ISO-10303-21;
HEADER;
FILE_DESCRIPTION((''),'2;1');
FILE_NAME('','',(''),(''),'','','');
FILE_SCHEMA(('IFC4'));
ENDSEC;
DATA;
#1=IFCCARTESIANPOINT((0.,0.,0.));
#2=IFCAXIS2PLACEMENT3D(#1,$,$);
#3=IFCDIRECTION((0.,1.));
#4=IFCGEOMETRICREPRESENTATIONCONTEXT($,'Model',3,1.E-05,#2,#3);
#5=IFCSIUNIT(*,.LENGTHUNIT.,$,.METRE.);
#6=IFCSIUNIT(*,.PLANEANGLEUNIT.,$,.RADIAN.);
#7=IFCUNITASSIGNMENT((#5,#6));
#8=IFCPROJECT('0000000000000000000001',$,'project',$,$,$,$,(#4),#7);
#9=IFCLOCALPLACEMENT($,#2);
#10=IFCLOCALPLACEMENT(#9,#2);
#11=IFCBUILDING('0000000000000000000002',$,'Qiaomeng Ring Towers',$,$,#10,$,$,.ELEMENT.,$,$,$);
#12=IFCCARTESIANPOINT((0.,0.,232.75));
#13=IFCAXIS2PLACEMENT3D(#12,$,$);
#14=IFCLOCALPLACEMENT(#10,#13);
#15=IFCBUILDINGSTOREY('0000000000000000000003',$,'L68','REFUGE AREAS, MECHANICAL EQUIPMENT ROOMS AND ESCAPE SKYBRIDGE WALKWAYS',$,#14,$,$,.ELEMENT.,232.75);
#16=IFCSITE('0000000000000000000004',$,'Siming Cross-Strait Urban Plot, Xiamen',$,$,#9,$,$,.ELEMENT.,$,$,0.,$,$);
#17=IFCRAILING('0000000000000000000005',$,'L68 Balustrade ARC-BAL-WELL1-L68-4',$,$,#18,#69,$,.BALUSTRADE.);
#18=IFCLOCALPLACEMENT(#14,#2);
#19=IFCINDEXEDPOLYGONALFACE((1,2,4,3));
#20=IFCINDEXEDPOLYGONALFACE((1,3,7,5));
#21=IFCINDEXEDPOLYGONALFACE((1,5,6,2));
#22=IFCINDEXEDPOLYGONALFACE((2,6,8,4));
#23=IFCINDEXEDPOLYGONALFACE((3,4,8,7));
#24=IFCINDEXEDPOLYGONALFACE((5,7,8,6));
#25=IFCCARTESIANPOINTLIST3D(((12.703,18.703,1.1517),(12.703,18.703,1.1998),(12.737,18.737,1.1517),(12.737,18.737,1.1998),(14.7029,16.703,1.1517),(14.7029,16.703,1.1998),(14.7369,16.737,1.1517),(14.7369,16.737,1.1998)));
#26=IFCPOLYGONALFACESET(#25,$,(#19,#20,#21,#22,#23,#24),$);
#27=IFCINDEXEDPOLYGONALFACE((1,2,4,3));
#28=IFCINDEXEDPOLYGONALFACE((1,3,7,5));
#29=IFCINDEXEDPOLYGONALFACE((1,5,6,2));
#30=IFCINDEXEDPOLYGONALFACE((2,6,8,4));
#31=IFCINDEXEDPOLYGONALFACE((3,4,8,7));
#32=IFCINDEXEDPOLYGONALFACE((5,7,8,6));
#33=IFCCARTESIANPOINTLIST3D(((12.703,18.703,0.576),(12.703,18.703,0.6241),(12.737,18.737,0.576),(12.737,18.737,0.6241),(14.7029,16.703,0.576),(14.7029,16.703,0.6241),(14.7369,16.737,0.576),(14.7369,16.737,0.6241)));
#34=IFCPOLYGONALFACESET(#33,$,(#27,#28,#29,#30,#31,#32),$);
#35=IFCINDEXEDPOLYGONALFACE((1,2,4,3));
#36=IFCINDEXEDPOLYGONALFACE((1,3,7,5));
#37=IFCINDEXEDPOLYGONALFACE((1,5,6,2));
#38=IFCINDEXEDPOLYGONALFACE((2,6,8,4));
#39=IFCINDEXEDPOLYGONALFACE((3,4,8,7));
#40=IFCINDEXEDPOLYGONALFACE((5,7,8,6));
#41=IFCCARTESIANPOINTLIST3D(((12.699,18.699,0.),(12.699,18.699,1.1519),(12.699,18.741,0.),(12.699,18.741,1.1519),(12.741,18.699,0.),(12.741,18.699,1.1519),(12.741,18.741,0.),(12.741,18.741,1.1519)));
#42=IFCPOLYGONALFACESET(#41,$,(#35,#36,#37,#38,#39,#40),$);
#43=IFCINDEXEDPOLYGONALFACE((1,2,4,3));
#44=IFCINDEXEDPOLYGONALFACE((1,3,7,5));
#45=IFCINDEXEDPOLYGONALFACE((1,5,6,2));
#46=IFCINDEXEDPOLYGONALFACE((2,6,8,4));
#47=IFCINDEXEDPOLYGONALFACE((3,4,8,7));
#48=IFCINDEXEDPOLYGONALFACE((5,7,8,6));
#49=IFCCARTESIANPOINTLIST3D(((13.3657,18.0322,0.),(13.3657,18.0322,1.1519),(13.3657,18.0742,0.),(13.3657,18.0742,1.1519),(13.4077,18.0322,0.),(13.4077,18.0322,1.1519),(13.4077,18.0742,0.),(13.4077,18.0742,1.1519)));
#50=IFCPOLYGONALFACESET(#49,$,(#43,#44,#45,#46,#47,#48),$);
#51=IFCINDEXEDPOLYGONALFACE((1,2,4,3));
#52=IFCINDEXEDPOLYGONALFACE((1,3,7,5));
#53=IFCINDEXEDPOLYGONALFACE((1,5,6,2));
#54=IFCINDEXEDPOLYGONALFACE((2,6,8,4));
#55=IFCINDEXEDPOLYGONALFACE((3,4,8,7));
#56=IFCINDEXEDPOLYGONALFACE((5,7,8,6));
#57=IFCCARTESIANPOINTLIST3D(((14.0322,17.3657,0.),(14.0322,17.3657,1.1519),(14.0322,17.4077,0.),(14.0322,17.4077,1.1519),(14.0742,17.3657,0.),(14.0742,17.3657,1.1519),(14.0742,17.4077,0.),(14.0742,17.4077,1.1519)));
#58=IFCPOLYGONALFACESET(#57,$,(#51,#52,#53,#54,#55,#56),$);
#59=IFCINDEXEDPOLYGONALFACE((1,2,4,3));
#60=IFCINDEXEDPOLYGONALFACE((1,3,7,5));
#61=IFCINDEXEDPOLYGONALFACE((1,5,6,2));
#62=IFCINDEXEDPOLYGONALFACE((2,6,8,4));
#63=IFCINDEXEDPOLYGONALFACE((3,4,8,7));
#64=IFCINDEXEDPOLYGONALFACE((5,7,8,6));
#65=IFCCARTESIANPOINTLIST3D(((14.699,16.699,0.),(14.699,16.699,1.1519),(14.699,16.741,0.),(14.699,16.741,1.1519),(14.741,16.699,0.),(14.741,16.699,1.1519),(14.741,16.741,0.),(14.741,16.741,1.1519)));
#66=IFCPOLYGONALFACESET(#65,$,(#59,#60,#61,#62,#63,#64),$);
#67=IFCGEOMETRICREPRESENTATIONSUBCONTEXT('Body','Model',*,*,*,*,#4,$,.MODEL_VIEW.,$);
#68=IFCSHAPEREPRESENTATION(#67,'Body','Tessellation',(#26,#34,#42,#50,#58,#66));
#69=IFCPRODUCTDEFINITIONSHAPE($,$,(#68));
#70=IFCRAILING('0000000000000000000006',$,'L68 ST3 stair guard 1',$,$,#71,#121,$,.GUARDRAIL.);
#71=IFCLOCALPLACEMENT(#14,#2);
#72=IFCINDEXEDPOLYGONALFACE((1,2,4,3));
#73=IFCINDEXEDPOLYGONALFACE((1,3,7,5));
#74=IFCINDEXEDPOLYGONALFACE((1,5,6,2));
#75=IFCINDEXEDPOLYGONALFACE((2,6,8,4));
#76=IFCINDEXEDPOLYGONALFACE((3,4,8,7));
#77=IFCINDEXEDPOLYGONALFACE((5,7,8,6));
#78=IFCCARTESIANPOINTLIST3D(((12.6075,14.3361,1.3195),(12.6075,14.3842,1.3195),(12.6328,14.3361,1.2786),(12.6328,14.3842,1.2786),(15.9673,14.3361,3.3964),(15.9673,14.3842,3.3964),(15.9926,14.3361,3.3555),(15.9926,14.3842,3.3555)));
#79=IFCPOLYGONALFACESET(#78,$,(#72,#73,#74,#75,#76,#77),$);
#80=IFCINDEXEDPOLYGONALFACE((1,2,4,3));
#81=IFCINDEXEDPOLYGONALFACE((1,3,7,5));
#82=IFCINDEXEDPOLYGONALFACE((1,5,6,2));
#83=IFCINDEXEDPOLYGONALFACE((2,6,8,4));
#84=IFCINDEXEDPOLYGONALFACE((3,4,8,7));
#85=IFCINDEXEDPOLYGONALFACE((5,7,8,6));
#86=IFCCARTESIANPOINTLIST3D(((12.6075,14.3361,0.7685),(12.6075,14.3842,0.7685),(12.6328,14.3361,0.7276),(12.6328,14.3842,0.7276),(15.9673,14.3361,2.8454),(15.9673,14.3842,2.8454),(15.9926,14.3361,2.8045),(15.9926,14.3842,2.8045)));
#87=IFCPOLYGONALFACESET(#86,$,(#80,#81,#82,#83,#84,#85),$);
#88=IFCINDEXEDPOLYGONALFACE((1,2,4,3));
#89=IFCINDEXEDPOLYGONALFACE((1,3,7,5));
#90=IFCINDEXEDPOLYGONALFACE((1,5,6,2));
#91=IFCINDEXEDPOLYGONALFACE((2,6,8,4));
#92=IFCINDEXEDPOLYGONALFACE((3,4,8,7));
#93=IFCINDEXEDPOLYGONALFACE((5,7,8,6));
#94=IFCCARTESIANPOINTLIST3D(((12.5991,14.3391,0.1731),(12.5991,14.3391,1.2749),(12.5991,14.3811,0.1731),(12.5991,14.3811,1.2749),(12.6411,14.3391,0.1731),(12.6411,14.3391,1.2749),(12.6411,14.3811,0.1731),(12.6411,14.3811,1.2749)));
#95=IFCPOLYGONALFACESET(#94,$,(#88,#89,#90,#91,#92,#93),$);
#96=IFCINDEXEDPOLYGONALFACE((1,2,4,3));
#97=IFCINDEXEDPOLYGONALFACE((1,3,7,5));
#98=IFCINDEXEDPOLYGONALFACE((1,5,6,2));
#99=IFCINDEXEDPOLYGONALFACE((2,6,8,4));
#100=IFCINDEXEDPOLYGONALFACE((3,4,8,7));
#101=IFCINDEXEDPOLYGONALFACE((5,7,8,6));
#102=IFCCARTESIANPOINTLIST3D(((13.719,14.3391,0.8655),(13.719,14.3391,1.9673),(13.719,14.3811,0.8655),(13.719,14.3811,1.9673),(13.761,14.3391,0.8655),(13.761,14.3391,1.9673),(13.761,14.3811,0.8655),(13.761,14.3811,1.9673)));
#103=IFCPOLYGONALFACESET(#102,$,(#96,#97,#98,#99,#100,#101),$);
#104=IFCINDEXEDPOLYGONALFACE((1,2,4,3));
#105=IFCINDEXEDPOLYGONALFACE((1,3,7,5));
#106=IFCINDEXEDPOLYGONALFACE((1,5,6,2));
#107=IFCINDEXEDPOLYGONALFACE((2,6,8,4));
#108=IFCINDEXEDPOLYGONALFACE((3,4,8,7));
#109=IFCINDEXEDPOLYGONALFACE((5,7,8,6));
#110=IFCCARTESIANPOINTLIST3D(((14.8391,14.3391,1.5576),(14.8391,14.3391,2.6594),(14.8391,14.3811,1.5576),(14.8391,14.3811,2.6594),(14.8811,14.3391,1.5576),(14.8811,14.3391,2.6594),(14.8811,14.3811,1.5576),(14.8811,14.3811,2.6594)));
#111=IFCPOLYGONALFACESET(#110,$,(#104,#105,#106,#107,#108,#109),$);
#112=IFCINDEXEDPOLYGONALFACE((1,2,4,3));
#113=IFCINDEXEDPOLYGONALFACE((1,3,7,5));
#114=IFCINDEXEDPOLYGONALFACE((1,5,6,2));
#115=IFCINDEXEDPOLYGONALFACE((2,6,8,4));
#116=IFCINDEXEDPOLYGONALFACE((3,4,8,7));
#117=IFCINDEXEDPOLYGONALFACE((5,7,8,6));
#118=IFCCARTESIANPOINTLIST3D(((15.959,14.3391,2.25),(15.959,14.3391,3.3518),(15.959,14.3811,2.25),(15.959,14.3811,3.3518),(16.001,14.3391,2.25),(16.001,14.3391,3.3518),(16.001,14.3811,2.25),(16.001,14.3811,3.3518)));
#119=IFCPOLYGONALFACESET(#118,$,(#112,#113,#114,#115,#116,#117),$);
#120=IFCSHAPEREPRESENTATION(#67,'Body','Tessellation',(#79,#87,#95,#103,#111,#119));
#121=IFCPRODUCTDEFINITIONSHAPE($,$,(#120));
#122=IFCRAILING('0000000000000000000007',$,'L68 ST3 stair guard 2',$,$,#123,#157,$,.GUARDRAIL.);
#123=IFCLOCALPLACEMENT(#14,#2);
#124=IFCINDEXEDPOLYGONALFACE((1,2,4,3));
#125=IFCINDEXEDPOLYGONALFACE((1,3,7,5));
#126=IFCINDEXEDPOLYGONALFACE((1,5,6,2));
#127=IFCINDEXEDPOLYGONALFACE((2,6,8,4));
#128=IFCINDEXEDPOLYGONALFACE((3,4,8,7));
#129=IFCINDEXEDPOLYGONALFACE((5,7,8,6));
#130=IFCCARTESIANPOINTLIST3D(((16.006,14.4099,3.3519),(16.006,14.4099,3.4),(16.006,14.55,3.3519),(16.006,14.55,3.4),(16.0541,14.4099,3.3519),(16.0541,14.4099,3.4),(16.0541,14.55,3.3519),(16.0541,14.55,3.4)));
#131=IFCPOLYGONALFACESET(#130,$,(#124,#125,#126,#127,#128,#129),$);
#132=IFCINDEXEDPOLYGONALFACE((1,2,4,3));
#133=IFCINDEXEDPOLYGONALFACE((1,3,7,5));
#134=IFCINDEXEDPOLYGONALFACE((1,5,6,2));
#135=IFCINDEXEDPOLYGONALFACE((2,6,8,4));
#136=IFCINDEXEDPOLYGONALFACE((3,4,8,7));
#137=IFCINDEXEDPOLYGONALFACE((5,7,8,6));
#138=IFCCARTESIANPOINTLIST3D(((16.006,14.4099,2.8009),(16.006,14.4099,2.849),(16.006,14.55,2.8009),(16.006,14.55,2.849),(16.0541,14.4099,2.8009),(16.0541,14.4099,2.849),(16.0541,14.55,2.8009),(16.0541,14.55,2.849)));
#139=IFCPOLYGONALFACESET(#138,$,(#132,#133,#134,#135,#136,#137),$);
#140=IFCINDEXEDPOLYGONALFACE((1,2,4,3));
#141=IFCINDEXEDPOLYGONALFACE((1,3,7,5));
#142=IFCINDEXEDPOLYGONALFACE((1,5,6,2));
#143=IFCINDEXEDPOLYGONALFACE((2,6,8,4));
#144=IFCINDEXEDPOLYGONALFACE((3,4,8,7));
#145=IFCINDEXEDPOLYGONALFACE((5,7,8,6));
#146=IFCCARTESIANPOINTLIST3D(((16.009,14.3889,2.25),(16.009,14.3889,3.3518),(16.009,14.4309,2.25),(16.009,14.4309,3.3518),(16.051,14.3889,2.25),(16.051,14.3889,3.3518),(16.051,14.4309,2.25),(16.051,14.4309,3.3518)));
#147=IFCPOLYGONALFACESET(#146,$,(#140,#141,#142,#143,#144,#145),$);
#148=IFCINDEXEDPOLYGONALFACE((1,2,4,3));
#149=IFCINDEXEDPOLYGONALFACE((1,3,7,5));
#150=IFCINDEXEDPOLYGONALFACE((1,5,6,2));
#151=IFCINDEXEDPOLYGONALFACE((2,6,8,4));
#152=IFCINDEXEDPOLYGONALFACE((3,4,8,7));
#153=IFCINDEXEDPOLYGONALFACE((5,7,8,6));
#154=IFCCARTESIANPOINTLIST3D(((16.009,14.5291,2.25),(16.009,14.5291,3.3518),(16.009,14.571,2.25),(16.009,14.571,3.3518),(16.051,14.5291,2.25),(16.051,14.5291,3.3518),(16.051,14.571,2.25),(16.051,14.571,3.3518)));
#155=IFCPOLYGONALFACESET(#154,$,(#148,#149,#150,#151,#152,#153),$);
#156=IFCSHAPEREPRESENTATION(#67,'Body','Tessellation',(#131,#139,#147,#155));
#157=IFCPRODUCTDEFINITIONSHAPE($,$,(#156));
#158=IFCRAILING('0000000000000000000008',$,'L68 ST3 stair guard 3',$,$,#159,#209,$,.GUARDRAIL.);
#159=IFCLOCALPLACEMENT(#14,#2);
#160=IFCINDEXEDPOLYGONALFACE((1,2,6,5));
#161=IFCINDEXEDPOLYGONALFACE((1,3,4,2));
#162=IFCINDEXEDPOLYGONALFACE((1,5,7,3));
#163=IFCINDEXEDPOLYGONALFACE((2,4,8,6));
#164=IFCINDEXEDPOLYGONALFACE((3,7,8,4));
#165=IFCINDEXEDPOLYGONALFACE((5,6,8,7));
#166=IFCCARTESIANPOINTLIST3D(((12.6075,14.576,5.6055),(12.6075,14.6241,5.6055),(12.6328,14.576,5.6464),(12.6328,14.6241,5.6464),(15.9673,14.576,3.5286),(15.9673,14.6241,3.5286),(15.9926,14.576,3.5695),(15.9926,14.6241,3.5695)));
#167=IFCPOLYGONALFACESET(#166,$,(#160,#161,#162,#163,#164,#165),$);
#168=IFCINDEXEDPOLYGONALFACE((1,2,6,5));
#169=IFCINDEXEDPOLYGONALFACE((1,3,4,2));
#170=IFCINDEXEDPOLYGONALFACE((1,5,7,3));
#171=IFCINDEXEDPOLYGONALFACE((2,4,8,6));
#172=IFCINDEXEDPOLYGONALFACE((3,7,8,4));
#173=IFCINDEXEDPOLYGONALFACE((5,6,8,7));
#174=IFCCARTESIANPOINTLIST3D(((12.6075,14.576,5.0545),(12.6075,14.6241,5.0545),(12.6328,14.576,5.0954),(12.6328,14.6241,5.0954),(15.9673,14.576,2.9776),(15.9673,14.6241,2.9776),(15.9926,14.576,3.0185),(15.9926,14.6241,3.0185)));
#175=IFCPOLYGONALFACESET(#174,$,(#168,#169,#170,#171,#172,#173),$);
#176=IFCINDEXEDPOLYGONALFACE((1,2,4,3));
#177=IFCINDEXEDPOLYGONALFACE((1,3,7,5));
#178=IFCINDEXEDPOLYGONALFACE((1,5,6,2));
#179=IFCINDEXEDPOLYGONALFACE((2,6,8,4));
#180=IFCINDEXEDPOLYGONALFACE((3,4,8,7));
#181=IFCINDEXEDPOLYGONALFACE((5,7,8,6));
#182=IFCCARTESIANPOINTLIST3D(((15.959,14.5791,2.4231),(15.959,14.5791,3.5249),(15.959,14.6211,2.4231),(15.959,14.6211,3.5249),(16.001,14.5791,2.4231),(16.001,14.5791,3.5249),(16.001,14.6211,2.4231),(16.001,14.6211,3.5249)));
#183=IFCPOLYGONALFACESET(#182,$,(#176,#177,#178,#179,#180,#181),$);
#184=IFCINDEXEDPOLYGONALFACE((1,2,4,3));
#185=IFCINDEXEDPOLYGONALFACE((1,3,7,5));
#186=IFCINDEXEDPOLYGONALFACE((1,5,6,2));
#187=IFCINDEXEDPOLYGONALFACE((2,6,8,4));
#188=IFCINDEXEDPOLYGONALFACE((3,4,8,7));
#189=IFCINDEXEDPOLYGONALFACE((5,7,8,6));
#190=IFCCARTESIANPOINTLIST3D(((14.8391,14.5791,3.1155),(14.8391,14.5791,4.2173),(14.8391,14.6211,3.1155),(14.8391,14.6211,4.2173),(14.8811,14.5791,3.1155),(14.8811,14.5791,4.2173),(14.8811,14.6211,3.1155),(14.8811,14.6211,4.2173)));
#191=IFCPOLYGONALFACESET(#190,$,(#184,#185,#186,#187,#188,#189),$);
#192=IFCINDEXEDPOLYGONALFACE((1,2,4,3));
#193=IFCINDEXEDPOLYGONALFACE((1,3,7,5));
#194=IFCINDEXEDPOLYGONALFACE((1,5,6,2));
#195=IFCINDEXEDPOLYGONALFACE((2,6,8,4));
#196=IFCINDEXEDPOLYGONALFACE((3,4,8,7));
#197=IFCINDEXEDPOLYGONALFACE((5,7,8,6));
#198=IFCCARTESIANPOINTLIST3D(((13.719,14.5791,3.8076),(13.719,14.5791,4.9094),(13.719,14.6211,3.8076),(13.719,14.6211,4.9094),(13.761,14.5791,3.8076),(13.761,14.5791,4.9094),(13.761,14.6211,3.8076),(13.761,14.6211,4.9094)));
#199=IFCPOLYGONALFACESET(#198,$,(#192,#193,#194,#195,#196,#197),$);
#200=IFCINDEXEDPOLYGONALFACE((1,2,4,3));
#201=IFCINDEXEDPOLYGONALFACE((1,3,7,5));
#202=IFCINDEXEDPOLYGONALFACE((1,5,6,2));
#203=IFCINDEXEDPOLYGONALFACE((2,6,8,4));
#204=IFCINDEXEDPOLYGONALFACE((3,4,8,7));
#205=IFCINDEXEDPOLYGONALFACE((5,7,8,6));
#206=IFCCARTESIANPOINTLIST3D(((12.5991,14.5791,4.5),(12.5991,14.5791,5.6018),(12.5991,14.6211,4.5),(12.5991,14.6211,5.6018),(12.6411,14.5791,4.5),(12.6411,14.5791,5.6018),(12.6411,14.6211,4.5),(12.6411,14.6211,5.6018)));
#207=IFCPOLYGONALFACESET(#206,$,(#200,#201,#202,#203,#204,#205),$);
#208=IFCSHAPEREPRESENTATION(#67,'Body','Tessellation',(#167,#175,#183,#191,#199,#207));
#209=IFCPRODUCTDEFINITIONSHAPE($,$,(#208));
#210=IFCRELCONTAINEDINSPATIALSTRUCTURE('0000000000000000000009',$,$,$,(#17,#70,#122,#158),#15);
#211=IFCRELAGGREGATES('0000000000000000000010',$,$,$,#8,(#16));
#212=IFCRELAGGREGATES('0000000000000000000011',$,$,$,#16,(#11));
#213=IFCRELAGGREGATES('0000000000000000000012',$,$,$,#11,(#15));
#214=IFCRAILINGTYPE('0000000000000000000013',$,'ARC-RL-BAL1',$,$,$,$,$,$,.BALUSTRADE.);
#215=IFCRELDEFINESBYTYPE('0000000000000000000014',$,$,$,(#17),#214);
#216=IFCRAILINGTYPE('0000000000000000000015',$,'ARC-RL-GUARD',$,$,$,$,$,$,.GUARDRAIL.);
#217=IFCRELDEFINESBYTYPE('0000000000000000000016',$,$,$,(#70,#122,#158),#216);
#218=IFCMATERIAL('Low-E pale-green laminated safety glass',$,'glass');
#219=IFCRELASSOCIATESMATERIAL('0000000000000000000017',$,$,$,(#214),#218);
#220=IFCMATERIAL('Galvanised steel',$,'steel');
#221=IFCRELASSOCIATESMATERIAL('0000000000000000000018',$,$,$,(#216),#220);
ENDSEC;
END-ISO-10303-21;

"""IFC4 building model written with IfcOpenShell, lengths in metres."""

from ifc_helpers import new_model, si_unit, direction, frame, origin, origin_2d, place, context, subcontext, project, spatial, rectangle, extrude, material, type_object, element, save


model = new_model("IFC4")

# Units and contexts
model_context = context("Model", 3, precision=1e-05, world=origin(), true_north=direction((0.0, 1.0)))
body_context = subcontext(model_context, "Body", "Model", "MODEL_VIEW")
ifc_project = project(units=[si_unit("LENGTHUNIT", "METRE"), si_unit("PLANEANGLEUNIT", "RADIAN")], contexts=[model_context])

# Site, building, storey
site_placement = place(None, origin())
site = spatial("IfcSite", under=ifc_project, at=site_placement, Name="Siming Cross-Strait Urban Plot, Xiamen", CompositionType="ELEMENT", RefElevation=0.0)
building_placement = place(site_placement, origin())
building = spatial("IfcBuilding", under=site, at=building_placement, Name="Qiaomeng Ring Towers", CompositionType="ELEMENT")
storey_placement = place(building_placement, frame((0.0, 0.0, 232.75)))
storey = spatial("IfcBuildingStorey", under=building, at=storey_placement, Name="L68", Description="REFUGE AREAS, MECHANICAL EQUIPMENT ROOMS AND ESCAPE SKYBRIDGE WALKWAYS", CompositionType="ELEMENT", Elevation=232.75)

# Shared definitions
ifc_material_1 = material(Name="Galvanised steel", Category="steel")

# Railings
ifc_material_2 = material(Name="Low-E pale-green laminated safety glass", Category="glass")
railing_type_1 = type_object("IfcRailingType", Name="ARC-RL-BAL1", PredefinedType="BALUSTRADE", material=ifc_material_2)
railing_1_placement = place(storey_placement, frame((12.72, 18.72, 0.0)))
element("IfcRailing", 1, at=railing_1_placement, inside=storey, type_object=railing_type_1, Name="L68 Balustrade ARC-BAL-WELL1-L68-4", PredefinedType="BALUSTRADE", context=body_context, shape_type="SweptSolid", body=[
    extrude(rectangle(XDim=0.0481, YDim=0.0481, at=origin_2d()), frame((0.0, 0.0, 1.1758), z_axis=(0.707107, -0.707107, 0.0), x_axis=(0.707107, 0.707107, 0.0)), (0.0, 0.0, 1.0), 2.8284),
    extrude(rectangle(XDim=0.0481, YDim=0.0481, at=origin_2d()), frame((0.0, 0.0, 0.6001), z_axis=(0.707107, -0.707107, 0.0), x_axis=(0.707107, 0.707107, 0.0)), (0.0, 0.0, 1.0), 2.8284),
    extrude(rectangle(XDim=0.042, YDim=0.042, at=origin_2d()), origin(), (0.0, 0.0, 1.0), 1.1519),
    extrude(rectangle(XDim=0.042, YDim=0.042, at=origin_2d()), frame((0.6667, -0.6667, 0.0)), (0.0, 0.0, 1.0), 1.1519),
    extrude(rectangle(XDim=0.042, YDim=0.042, at=origin_2d()), frame((1.3333, -1.3333, 0.0)), (0.0, 0.0, 1.0), 1.1519),
    extrude(rectangle(XDim=0.042, YDim=0.042, at=origin_2d()), frame((2.0, -2.0, 0.0)), (0.0, 0.0, 1.0), 1.1519),
])
railing_type_2 = type_object("IfcRailingType", Name="ARC-RL-GUARD", PredefinedType="GUARDRAIL", material=ifc_material_1)
railing_2_placement = place(storey_placement, frame((12.6201, 14.3601, 0.1731)))
element("IfcRailing", 2, at=railing_2_placement, inside=storey, type_object=railing_type_2, Name="L68 ST3 stair guard 1", PredefinedType="GUARDRAIL", context=body_context, shape_type="SweptSolid", body=[
    extrude(rectangle(XDim=0.0481, YDim=0.0481, at=origin_2d()), frame((0.0, 0.0, 1.126), z_axis=(0.850606, 0.0, 0.525803), x_axis=(0.0, 1.0, 0.0)), (0.0, 0.0, 1.0), 3.95),
    extrude(rectangle(XDim=0.0481, YDim=0.0481, at=origin_2d()), frame((0.0, 0.0, 0.575), z_axis=(0.850606, 0.0, 0.525803), x_axis=(0.0, 1.0, 0.0)), (0.0, 0.0, 1.0), 3.95),
    extrude(rectangle(XDim=0.042, YDim=0.042, at=origin_2d()), origin(), (0.0, 0.0, 1.0), 1.1018),
    extrude(rectangle(XDim=0.042, YDim=0.042, at=origin_2d()), frame((1.1199, 0.0, 0.6924)), (0.0, 0.0, 1.0), 1.1018),
    extrude(rectangle(XDim=0.042, YDim=0.042, at=origin_2d()), frame((2.24, 0.0, 1.3845)), (0.0, 0.0, 1.0), 1.1018),
    extrude(rectangle(XDim=0.042, YDim=0.042, at=origin_2d()), frame((3.3599, 0.0, 2.0769)), (0.0, 0.0, 1.0), 1.1018),
])
railing_3_placement = place(storey_placement, frame((16.03, 14.4099, 2.25)))
element("IfcRailing", 3, at=railing_3_placement, inside=storey, type_object=railing_type_2, Name="L68 ST3 stair guard 2", PredefinedType="GUARDRAIL", context=body_context, shape_type="SweptSolid", body=[
    extrude(rectangle(XDim=0.0481, YDim=0.0481, at=origin_2d()), frame((0.0, 0.0, 1.126), z_axis=(0.0, 1.0, 0.0), x_axis=(-1.0, 0.0, 0.0)), (0.0, 0.0, 1.0), 0.1401),
    extrude(rectangle(XDim=0.0481, YDim=0.0481, at=origin_2d()), frame((0.0, 0.0, 0.575), z_axis=(0.0, 1.0, 0.0), x_axis=(-1.0, 0.0, 0.0)), (0.0, 0.0, 1.0), 0.1401),
    extrude(rectangle(XDim=0.042, YDim=0.042, at=origin_2d()), origin(), (0.0, 0.0, 1.0), 1.1018),
    extrude(rectangle(XDim=0.042, YDim=0.042, at=origin_2d()), frame((0.0, 0.1401, 0.0)), (0.0, 0.0, 1.0), 1.1018),
])
railing_4_placement = place(storey_placement, frame((15.98, 14.6001, 2.4231)))
element("IfcRailing", 4, at=railing_4_placement, inside=storey, type_object=railing_type_2, Name="L68 ST3 stair guard 3", PredefinedType="GUARDRAIL", context=body_context, shape_type="SweptSolid", body=[
    extrude(rectangle(XDim=0.0481, YDim=0.0481, at=origin_2d()), frame((0.0, 0.0, 1.126), z_axis=(-0.850606, 0.0, 0.525803), x_axis=(0.0, -1.0, 0.0)), (0.0, 0.0, 1.0), 3.95),
    extrude(rectangle(XDim=0.0481, YDim=0.0481, at=origin_2d()), frame((0.0, 0.0, 0.575), z_axis=(-0.850606, 0.0, 0.525803), x_axis=(0.0, -1.0, 0.0)), (0.0, 0.0, 1.0), 3.95),
    extrude(rectangle(XDim=0.042, YDim=0.042, at=origin_2d()), origin(), (0.0, 0.0, 1.0), 1.1018),
    extrude(rectangle(XDim=0.042, YDim=0.042, at=origin_2d()), frame((-1.1199, 0.0, 0.6924)), (0.0, 0.0, 1.0), 1.1018),
    extrude(rectangle(XDim=0.042, YDim=0.042, at=origin_2d()), frame((-2.24, 0.0, 1.3845)), (0.0, 0.0, 1.0), 1.1018),
    extrude(rectangle(XDim=0.042, YDim=0.042, at=origin_2d()), frame((-3.3599, 0.0, 2.0769)), (0.0, 0.0, 1.0), 1.1018),
])

save(model, "model.ifc")
